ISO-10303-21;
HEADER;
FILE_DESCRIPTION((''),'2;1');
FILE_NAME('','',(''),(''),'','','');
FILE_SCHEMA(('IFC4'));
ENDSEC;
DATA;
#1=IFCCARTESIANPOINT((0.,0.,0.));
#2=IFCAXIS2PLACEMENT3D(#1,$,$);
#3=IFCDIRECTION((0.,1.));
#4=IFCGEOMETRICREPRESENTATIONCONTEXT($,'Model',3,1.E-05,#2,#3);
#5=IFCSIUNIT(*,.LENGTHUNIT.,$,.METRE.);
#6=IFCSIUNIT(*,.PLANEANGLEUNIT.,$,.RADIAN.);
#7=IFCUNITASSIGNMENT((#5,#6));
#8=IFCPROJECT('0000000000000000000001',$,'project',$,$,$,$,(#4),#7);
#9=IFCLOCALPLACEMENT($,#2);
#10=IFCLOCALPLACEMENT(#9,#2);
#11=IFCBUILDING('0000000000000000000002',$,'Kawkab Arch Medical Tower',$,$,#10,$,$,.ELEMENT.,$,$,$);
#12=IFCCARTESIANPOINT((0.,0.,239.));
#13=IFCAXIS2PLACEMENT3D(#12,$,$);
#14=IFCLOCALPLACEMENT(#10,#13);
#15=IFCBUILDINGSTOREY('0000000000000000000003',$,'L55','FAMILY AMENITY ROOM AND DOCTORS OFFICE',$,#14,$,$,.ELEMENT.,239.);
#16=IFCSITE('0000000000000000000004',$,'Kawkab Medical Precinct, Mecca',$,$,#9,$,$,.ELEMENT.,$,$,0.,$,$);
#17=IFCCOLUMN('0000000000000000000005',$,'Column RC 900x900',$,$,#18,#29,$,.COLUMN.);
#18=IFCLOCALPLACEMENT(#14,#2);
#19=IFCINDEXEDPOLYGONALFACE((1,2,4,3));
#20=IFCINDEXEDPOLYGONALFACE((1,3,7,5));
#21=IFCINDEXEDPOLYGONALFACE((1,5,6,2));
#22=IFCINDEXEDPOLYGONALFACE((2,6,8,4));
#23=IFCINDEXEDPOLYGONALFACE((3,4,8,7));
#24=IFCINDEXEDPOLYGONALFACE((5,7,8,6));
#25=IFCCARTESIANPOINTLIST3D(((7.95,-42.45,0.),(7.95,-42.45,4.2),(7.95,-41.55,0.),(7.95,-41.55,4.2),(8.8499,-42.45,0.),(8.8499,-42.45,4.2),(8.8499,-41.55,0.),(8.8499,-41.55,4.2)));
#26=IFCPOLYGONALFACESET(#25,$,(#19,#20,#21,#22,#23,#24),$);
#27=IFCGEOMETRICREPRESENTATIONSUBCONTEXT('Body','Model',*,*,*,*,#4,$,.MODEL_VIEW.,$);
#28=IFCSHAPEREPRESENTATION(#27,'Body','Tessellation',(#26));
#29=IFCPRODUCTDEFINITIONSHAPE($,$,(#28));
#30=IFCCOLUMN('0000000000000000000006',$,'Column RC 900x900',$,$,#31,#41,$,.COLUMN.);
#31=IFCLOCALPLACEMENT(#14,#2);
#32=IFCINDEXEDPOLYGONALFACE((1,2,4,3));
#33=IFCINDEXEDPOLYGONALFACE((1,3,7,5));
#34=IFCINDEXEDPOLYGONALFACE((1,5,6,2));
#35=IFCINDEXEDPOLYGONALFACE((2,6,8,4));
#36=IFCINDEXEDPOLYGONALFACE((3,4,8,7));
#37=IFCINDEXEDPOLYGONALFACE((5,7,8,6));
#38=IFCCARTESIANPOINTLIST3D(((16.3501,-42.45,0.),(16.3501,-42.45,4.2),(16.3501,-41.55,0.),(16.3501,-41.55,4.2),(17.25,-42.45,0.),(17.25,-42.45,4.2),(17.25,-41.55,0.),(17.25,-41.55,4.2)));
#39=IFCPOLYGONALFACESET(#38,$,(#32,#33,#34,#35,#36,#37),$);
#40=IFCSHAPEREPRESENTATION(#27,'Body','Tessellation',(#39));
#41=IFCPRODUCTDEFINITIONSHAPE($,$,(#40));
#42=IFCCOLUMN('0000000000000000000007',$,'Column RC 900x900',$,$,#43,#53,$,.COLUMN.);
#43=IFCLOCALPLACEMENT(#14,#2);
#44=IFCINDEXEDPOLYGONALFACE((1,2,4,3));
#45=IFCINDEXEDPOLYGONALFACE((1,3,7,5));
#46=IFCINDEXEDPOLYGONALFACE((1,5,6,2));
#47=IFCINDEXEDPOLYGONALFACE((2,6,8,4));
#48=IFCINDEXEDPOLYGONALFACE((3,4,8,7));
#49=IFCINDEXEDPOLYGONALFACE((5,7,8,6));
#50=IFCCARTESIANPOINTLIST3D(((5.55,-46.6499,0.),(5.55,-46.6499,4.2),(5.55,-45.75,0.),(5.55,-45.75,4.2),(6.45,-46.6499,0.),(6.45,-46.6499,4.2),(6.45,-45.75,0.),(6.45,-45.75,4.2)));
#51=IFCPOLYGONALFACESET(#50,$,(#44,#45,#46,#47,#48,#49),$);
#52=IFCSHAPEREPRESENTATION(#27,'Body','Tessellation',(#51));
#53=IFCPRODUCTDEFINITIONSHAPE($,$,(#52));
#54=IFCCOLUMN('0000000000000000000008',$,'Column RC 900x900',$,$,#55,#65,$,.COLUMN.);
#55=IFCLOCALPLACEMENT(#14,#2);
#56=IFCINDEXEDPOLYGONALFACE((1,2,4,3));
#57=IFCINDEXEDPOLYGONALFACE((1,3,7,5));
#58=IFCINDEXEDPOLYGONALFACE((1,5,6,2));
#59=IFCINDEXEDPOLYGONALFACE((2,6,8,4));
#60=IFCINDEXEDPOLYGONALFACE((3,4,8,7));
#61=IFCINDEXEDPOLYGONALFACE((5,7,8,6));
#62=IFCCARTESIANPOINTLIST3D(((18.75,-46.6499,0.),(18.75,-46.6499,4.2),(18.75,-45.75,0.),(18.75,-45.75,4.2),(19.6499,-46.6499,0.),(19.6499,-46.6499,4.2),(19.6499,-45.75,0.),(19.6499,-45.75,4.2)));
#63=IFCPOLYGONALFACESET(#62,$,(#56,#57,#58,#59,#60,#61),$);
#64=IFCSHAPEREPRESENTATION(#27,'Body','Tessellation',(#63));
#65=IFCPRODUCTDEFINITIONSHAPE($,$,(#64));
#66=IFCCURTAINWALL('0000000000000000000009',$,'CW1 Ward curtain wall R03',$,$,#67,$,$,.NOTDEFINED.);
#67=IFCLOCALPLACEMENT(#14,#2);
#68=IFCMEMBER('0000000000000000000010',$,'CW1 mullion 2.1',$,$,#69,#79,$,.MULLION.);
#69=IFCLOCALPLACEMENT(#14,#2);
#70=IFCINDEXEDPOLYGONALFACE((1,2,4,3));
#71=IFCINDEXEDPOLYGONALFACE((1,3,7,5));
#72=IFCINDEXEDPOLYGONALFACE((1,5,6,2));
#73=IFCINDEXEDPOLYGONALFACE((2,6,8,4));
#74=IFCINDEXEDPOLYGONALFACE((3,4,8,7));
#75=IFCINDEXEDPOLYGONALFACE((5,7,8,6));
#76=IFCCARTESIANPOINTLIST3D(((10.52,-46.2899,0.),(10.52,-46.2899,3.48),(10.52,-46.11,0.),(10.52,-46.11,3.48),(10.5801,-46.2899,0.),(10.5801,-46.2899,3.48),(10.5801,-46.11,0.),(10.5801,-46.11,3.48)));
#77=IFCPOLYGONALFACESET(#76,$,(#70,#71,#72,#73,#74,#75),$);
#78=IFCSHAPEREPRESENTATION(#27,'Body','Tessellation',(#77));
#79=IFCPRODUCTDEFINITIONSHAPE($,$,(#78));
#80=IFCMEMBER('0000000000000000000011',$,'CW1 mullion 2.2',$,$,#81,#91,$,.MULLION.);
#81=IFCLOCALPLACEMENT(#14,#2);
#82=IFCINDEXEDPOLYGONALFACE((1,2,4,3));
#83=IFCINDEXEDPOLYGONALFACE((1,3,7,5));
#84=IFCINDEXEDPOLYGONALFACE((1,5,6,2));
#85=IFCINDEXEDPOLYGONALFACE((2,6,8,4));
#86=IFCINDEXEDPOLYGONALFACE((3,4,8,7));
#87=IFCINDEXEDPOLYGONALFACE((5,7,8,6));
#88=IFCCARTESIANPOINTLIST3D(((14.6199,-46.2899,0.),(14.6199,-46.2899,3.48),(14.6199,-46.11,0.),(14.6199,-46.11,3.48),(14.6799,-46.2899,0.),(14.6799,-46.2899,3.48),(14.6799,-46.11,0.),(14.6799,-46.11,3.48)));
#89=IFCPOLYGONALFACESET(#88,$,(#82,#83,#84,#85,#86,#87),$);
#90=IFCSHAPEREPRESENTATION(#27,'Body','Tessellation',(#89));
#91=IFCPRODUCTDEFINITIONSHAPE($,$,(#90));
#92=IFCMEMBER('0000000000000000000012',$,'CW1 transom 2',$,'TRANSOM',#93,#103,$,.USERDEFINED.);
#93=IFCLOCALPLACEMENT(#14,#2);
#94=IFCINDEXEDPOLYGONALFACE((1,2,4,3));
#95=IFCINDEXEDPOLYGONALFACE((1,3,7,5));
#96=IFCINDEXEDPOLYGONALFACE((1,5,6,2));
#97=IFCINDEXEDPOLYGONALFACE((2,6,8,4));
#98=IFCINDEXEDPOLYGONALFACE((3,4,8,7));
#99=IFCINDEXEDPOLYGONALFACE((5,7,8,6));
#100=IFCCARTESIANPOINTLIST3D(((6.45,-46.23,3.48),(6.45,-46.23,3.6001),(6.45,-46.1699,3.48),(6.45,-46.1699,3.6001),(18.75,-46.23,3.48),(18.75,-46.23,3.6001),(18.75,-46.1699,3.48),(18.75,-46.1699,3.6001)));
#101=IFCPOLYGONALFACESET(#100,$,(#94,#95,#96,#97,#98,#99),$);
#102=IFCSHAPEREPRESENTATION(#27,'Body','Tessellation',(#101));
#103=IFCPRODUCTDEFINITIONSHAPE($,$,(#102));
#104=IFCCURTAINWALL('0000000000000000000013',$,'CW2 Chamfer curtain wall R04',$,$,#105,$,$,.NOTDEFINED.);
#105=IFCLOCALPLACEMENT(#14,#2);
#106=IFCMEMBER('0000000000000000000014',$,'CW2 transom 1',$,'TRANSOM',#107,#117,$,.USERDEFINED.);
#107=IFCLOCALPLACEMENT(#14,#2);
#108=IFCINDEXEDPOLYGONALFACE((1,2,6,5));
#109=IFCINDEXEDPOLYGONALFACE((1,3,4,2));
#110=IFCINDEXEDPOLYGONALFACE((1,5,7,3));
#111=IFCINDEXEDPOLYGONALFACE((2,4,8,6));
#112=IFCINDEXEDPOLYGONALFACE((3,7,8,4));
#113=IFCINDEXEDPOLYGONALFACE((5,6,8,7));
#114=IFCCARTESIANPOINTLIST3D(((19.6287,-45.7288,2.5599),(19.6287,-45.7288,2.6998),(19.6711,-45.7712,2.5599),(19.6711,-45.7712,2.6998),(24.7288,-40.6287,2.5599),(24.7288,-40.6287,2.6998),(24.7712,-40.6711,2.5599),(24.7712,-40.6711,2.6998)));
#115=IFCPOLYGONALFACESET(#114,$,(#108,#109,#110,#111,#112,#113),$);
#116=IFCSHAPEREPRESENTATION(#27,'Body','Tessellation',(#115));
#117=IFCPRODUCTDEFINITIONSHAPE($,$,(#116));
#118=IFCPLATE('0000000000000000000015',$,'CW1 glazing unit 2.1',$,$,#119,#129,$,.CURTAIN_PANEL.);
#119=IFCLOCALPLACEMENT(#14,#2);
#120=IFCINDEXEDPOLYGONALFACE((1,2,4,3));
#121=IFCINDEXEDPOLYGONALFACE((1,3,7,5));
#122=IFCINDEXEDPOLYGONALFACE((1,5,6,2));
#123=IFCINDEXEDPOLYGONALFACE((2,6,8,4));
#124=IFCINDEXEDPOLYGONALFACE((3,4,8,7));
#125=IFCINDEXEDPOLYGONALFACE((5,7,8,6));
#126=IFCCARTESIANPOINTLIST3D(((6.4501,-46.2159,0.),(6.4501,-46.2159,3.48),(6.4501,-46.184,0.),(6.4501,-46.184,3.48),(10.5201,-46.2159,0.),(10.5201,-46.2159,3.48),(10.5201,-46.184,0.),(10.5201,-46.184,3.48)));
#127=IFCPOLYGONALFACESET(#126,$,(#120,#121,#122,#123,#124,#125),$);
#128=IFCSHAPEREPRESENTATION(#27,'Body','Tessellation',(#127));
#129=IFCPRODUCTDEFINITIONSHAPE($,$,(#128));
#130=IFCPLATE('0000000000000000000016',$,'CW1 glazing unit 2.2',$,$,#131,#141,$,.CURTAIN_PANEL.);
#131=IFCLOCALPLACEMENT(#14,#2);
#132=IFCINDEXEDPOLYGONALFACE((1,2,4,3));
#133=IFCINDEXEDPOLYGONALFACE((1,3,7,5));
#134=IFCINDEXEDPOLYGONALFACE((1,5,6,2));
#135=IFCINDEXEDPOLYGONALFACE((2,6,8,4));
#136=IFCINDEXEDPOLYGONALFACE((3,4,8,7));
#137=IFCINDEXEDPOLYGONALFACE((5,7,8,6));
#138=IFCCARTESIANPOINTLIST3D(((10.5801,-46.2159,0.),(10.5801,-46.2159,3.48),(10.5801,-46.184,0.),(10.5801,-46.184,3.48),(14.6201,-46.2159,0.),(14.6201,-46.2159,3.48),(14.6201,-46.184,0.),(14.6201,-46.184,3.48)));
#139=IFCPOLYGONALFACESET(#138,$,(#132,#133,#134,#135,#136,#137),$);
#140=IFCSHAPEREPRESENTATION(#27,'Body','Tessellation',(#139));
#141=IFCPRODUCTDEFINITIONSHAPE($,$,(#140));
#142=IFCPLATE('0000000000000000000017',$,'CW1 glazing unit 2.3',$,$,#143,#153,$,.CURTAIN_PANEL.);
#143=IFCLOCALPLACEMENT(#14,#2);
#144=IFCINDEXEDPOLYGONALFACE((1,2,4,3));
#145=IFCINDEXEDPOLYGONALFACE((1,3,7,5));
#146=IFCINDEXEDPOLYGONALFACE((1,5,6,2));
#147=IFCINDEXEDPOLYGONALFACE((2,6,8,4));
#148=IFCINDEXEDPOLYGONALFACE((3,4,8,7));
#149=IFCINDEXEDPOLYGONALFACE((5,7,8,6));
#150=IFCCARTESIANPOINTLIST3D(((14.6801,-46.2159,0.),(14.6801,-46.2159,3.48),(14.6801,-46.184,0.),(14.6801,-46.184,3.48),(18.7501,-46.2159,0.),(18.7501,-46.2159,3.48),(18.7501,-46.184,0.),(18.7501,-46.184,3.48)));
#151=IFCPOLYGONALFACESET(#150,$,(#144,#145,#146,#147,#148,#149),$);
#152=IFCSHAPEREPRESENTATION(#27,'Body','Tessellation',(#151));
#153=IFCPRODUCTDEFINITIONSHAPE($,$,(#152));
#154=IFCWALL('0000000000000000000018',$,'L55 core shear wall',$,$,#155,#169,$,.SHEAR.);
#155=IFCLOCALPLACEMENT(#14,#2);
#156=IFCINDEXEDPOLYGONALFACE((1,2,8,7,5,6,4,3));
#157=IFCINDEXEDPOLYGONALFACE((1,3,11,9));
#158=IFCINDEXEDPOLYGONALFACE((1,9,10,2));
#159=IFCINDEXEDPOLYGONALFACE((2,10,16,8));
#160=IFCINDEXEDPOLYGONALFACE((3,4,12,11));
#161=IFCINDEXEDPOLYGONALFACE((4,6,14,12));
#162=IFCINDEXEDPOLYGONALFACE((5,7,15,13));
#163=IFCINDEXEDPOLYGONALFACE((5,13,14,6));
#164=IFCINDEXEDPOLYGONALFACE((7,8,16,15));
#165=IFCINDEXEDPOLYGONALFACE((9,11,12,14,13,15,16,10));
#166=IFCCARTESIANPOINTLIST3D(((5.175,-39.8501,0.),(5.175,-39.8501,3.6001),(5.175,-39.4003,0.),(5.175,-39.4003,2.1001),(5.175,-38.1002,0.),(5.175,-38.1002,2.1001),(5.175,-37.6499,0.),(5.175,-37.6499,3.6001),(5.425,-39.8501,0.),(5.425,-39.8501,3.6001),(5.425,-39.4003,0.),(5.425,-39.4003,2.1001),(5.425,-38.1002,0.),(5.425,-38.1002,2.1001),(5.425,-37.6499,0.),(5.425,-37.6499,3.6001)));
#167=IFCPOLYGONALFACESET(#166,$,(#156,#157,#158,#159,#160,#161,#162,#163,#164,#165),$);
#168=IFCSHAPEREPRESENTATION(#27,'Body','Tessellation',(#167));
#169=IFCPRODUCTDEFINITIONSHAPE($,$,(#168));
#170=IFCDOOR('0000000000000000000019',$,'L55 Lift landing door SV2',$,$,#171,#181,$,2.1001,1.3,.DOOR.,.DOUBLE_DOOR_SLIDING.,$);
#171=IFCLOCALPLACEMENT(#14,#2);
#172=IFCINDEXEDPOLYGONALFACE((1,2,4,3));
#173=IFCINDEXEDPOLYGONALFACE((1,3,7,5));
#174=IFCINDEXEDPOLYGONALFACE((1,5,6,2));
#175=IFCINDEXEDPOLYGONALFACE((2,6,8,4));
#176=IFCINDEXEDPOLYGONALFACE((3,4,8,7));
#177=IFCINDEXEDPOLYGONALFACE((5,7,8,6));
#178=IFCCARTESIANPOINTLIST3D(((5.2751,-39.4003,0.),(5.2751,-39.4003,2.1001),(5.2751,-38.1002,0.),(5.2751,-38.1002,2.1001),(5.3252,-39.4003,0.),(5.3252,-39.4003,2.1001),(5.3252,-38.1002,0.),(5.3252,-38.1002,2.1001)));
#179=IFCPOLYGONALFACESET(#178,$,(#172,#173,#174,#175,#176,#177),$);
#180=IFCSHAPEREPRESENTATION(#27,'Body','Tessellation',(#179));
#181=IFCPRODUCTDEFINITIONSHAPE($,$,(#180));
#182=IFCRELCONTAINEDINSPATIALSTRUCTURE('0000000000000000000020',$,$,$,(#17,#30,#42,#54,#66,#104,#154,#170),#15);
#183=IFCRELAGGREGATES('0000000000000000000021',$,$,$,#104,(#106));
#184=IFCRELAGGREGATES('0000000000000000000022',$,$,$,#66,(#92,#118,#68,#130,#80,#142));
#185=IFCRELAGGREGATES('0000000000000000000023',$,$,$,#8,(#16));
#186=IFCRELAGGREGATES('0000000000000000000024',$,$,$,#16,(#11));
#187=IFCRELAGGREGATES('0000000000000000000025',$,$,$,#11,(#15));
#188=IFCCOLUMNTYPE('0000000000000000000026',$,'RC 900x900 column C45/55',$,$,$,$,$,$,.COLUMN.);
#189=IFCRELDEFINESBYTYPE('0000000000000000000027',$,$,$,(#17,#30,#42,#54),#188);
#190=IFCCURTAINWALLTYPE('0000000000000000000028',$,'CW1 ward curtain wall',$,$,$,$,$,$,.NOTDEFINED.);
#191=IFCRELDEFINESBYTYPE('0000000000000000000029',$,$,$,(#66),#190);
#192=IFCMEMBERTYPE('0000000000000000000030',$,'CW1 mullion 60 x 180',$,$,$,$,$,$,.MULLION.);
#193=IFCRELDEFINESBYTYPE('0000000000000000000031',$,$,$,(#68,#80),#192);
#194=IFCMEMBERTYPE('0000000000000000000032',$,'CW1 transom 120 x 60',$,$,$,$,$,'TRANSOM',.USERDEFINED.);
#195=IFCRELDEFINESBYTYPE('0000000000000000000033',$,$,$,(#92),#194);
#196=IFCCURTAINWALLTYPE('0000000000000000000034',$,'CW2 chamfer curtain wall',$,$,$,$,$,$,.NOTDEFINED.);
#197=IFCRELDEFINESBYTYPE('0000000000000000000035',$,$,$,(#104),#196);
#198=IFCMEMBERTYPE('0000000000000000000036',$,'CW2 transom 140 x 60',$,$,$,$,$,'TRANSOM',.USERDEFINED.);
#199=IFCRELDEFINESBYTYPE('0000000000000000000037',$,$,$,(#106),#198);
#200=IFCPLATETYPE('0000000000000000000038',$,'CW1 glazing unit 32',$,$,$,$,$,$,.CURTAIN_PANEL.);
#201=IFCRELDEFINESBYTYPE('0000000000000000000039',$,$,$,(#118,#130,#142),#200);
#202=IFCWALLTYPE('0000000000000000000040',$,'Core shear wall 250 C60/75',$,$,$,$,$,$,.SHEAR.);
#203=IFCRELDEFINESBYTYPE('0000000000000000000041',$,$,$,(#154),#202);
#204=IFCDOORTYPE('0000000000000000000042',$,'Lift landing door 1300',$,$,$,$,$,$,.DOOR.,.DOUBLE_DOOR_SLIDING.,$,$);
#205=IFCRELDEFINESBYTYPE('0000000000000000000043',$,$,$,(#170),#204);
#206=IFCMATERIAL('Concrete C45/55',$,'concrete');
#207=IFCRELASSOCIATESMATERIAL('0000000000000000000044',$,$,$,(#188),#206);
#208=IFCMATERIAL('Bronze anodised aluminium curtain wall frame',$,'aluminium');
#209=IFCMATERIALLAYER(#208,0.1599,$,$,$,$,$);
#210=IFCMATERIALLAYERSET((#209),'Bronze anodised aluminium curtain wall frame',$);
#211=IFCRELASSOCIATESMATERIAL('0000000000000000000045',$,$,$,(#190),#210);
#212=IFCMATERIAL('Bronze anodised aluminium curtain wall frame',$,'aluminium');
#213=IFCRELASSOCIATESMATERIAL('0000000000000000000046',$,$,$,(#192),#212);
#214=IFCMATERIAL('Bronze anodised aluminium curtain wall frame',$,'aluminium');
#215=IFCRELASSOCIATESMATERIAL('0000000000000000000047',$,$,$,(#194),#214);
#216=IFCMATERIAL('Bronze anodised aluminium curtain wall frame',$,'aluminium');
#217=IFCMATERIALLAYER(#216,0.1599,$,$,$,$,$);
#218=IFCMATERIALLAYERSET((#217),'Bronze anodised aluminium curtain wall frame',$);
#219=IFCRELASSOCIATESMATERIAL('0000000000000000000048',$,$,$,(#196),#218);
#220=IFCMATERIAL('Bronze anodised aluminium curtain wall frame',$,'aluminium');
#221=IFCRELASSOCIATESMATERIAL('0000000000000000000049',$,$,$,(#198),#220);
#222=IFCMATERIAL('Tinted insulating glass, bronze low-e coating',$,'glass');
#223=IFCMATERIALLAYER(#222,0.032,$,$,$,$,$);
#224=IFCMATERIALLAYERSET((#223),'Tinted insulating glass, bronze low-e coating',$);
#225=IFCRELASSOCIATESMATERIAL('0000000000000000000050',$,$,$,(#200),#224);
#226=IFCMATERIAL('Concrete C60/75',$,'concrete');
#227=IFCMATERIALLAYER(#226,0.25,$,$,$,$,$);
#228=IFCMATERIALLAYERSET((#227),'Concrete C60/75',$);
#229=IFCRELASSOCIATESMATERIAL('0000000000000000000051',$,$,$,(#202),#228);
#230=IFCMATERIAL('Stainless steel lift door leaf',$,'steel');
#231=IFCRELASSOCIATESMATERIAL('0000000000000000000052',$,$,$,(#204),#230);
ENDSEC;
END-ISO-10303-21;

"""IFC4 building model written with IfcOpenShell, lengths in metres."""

from ifc_helpers import new_model, si_unit, direction, frame, frame_2d, origin, origin_2d, place, context, subcontext, project, spatial, rectangle, extrude, material, layer, layer_set, material_profile, profile_set, type_object, element, fill, aggregate, save


model = new_model("IFC4")

# Units and contexts
model_context = context("Model", 3, precision=1e-05, world=origin(), true_north=direction((0.0, 1.0)))
body_context = subcontext(model_context, "Body", "Model", "MODEL_VIEW")
ifc_project = project(units=[si_unit("LENGTHUNIT", "METRE"), si_unit("PLANEANGLEUNIT", "RADIAN")], contexts=[model_context])

# Site, building, storey
site_placement = place(None, origin())
site = spatial("IfcSite", under=ifc_project, at=site_placement, Name="Kawkab Medical Precinct, Mecca", CompositionType="ELEMENT", RefElevation=0.0)
building_placement = place(site_placement, origin())
building = spatial("IfcBuilding", under=site, at=building_placement, Name="Kawkab Arch Medical Tower", CompositionType="ELEMENT")
storey_placement = place(building_placement, frame((0.0, 0.0, 239.0)))
storey = spatial("IfcBuildingStorey", under=building, at=storey_placement, Name="L55", Description="FAMILY AMENITY ROOM AND DOCTORS OFFICE", CompositionType="ELEMENT", Elevation=239.0)

# Columns
ifc_material_1 = material(Name="Concrete C45/55", Category="concrete")
ifc_material_profile_1 = material_profile(ifc_material_1, rectangle(XDim=0.8999, YDim=0.8999, at=origin_2d()), Name="RC 900x900")
ifc_profile_set_1 = profile_set([ifc_material_profile_1], Name="Concrete C45/55")
column_type = type_object("IfcColumnType", Name="RC 900x900 column C45/55", PredefinedType="COLUMN", material=ifc_profile_set_1)
for number, where, z_axis, x_axis, name in (
    (1, (8.3999, -42.0, 0.0), (0.0, 0.0, 1.0), (1.0, 0.0, 0.0), "Column RC 900x900"),
    (2, (16.8, -42.0, 0.0), (0.0, 0.0, 1.0), (1.0, 0.0, 0.0), "Column RC 900x900"),
    (3, (6.0, -46.2, 0.0), (0.0, 0.0, 1.0), (1.0, 0.0, 0.0), "Column RC 900x900"),
    (4, (19.2, -46.2, 0.0), (0.0, 0.0, 1.0), (1.0, 0.0, 0.0), "Column RC 900x900"),
):
    element("IfcColumn", number, at=place(storey_placement, frame(where, z_axis=z_axis, x_axis=x_axis)), inside=storey, type_object=column_type, Name=name, PredefinedType="COLUMN", context=body_context, shape_type="SweptSolid", body=[
        extrude(rectangle(XDim=0.8999, YDim=0.8999, at=origin_2d()), origin(), (0.0, 0.0, 1.0), 4.2),
    ])

# Curtain wall, members
ifc_material_2 = material(Name="Bronze anodised aluminium curtain wall frame", Category="aluminium")
ifc_layer_1 = layer(ifc_material_2, 0.1599)
ifc_layer_set_1 = layer_set([ifc_layer_1], Name="Bronze anodised aluminium curtain wall frame")
curtain_wall_type_1 = type_object("IfcCurtainWallType", Name="CW1 ward curtain wall", PredefinedType="NOTDEFINED", material=ifc_layer_set_1)
placement = place(storey_placement, origin())
curtain_wall_1 = element("IfcCurtainWall", 5, at=placement, inside=storey, type_object=curtain_wall_type_1, Name="CW1 Ward curtain wall R03", PredefinedType="NOTDEFINED")
ifc_material_3 = material(Name="Bronze anodised aluminium curtain wall frame", Category="aluminium")
ifc_material_profile_2 = material_profile(ifc_material_3, rectangle(XDim=0.1799, YDim=0.0601, at=origin_2d()), Name="AL 60x180")
ifc_profile_set_2 = profile_set([ifc_material_profile_2], Name="Bronze anodised aluminium curtain wall frame")
member_type_1 = type_object("IfcMemberType", Name="CW1 mullion 60 x 180", PredefinedType="MULLION", material=ifc_profile_set_2)
member_1_placement = place(storey_placement, frame((10.55, -46.2, 0.0), z_axis=(0.0, 0.0, 1.0), x_axis=(0.0, 1.0, 0.0)))
member_1 = element("IfcMember", 6, at=member_1_placement, type_object=member_type_1, Name="CW1 mullion 2.1", PredefinedType="MULLION", context=body_context, shape_type="SweptSolid", body=[
    extrude(rectangle(XDim=0.1799, YDim=0.0601, at=origin_2d()), origin(), (0.0, 0.0, 1.0), 3.48),
])
member_2_placement = place(storey_placement, frame((14.6499, -46.2, 0.0), z_axis=(0.0, 0.0, 1.0), x_axis=(0.0, 1.0, 0.0)))
member_2 = element("IfcMember", 7, at=member_2_placement, type_object=member_type_1, Name="CW1 mullion 2.2", PredefinedType="MULLION", context=body_context, shape_type="SweptSolid", body=[
    extrude(rectangle(XDim=0.1799, YDim=0.0601, at=origin_2d()), origin(), (0.0, 0.0, 1.0), 3.48),
])
ifc_material_4 = material(Name="Bronze anodised aluminium curtain wall frame", Category="aluminium")
ifc_material_profile_3 = material_profile(ifc_material_4, rectangle(XDim=0.0601, YDim=0.1201, at=origin_2d()), Name="AL 60x120")
ifc_profile_set_3 = profile_set([ifc_material_profile_3], Name="Bronze anodised aluminium curtain wall frame")
member_type_2 = type_object("IfcMemberType", Name="CW1 transom 120 x 60", ElementType="TRANSOM", PredefinedType="USERDEFINED", material=ifc_profile_set_3)
member_3_placement = place(storey_placement, frame((6.45, -46.2, 3.54), z_axis=(1.0, 0.0, 0.0), x_axis=(0.0, 1.0, 0.0)))
member_3 = element("IfcMember", 8, at=member_3_placement, type_object=member_type_2, Name="CW1 transom 2", ObjectType="TRANSOM", PredefinedType="USERDEFINED", context=body_context, shape_type="SweptSolid", body=[
    extrude(rectangle(XDim=0.0601, YDim=0.1201, at=origin_2d()), origin(), (0.0, 0.0, 1.0), 12.3),
])

# Curtain wall, member
ifc_material_5 = material(Name="Bronze anodised aluminium curtain wall frame", Category="aluminium")
ifc_layer_2 = layer(ifc_material_5, 0.1599)
ifc_layer_set_2 = layer_set([ifc_layer_2], Name="Bronze anodised aluminium curtain wall frame")
curtain_wall_type_2 = type_object("IfcCurtainWallType", Name="CW2 chamfer curtain wall", PredefinedType="NOTDEFINED", material=ifc_layer_set_2)
curtain_wall_2 = element("IfcCurtainWall", 9, at=placement, inside=storey, type_object=curtain_wall_type_2, Name="CW2 Chamfer curtain wall R04", PredefinedType="NOTDEFINED")
ifc_material_6 = material(Name="Bronze anodised aluminium curtain wall frame", Category="aluminium")
ifc_material_profile_4 = material_profile(ifc_material_6, rectangle(XDim=0.0601, YDim=0.1399, at=origin_2d()), Name="AL 60x140")
ifc_profile_set_4 = profile_set([ifc_material_profile_4], Name="Bronze anodised aluminium curtain wall frame")
member_type_3 = type_object("IfcMemberType", Name="CW2 transom 140 x 60", ElementType="TRANSOM", PredefinedType="USERDEFINED", material=ifc_profile_set_4)
member_4_placement = place(storey_placement, frame((19.6499, -45.75, 2.6299), z_axis=(0.707107, 0.707107, 0.0), x_axis=(-0.707107, 0.707107, 0.0)))
member_4 = element("IfcMember", 10, at=member_4_placement, type_object=member_type_3, Name="CW2 transom 1", ObjectType="TRANSOM", PredefinedType="USERDEFINED", context=body_context, shape_type="SweptSolid", body=[
    extrude(rectangle(XDim=0.0601, YDim=0.1399, at=origin_2d()), origin(), (0.0, 0.0, 1.0), 7.2126),
])
aggregate(curtain_wall_2, [member_4])

# Plates
ifc_material_7 = material(Name="Tinted insulating glass, bronze low-e coating", Category="glass")
ifc_layer_3 = layer(ifc_material_7, 0.032)
ifc_layer_set_3 = layer_set([ifc_layer_3], Name="Tinted insulating glass, bronze low-e coating")
plate_type = type_object("IfcPlateType", Name="CW1 glazing unit 32", PredefinedType="CURTAIN_PANEL", material=ifc_layer_set_3)
plate_1_placement = place(storey_placement, frame((8.4851, -46.2, 0.0), z_axis=(0.0, 0.0, 1.0), x_axis=(1.0, 0.0, 0.0)))
plate_1 = element("IfcPlate", 11, at=plate_1_placement, type_object=plate_type, Name="CW1 glazing unit 2.1", PredefinedType="CURTAIN_PANEL", context=body_context, shape_type="SweptSolid", body=[
    extrude(rectangle(XDim=4.0701, YDim=0.032, at=origin_2d()), origin(), (0.0, 0.0, 1.0), 3.48),
])
plate_2_placement = place(storey_placement, frame((12.6001, -46.2, 0.0), z_axis=(0.0, 0.0, 1.0), x_axis=(1.0, 0.0, 0.0)))
plate_2 = element("IfcPlate", 12, at=plate_2_placement, type_object=plate_type, Name="CW1 glazing unit 2.2", PredefinedType="CURTAIN_PANEL", context=body_context, shape_type="SweptSolid", body=[
    extrude(rectangle(XDim=4.04, YDim=0.032, at=origin_2d()), origin(), (0.0, 0.0, 1.0), 3.48),
])
plate_3_placement = place(storey_placement, frame((16.7151, -46.2, 0.0), z_axis=(0.0, 0.0, 1.0), x_axis=(1.0, 0.0, 0.0)))
plate_3 = element("IfcPlate", 13, at=plate_3_placement, type_object=plate_type, Name="CW1 glazing unit 2.3", PredefinedType="CURTAIN_PANEL", context=body_context, shape_type="SweptSolid", body=[
    extrude(rectangle(XDim=4.0701, YDim=0.032, at=origin_2d()), origin(), (0.0, 0.0, 1.0), 3.48),
])
aggregate(curtain_wall_1, [member_3, plate_1, member_1, plate_2, member_2, plate_3])

# Wall, opening, door
ifc_material_8 = material(Name="Concrete C60/75", Category="concrete")
ifc_layer_4 = layer(ifc_material_8, 0.25)
ifc_layer_set_4 = layer_set([ifc_layer_4], Name="Concrete C60/75")
wall_type_1 = type_object("IfcWallType", Name="Core shear wall 250 C60/75", PredefinedType="SHEAR", material=ifc_layer_set_4)
wall_1_placement = place(storey_placement, frame((5.3, -39.8501, 0.0), z_axis=(0.0, 0.0, 1.0), x_axis=(0.0, 1.0, 0.0)))
wall_1 = element("IfcWall", 14, at=wall_1_placement, inside=storey, type_object=wall_type_1, Name="L55 core shear wall", PredefinedType="SHEAR", context=body_context, shape_type="SweptSolid", body=[
    extrude(rectangle(XDim=2.2002, YDim=0.25, at=frame_2d((1.1001, 0.0))), origin(), (0.0, 0.0, 1.0), 3.6001),
])
opening_1_placement = place(wall_1_placement, frame((0.45, 0.0, 0.0)))
opening_1 = element("IfcOpeningElement", 15, at=opening_1_placement, cuts=wall_1, PredefinedType="OPENING", context=body_context, shape_type="SweptSolid", body=[
    extrude(rectangle(XDim=1.3, YDim=2.1001, at=frame_2d((0.6499, 1.05))), frame((0.0, 0.135, 0.0), z_axis=(0.0, -1.0, 0.0), x_axis=(1.0, 0.0, 0.0)), (0.0, 0.0, 1.0), 0.27),
])
ifc_material_9 = material(Name="Stainless steel lift door leaf", Category="steel")
door_type_1 = type_object("IfcDoorType", Name="Lift landing door 1300", OperationType="DOUBLE_DOOR_SLIDING", PredefinedType="DOOR", material=ifc_material_9)
door_1_placement = place(opening_1_placement, origin())
door_1 = element("IfcDoor", 16, at=door_1_placement, inside=storey, type_object=door_type_1, Name="L55 Lift landing door SV2", OperationType="DOUBLE_DOOR_SLIDING", OverallHeight=2.1001, OverallWidth=1.3, PredefinedType="DOOR", context=body_context, shape_type="SweptSolid", body=[
    extrude(rectangle(XDim=1.3, YDim=2.1001, at=frame_2d((0.6499, 1.05))), frame((0.0, 0.0249, 0.0), z_axis=(0.0, -1.0, 0.0), x_axis=(1.0, 0.0, 0.0)), (0.0, 0.0, 1.0), 0.05),
])
fill(opening_1, door_1)

save(model, "model.ifc")
